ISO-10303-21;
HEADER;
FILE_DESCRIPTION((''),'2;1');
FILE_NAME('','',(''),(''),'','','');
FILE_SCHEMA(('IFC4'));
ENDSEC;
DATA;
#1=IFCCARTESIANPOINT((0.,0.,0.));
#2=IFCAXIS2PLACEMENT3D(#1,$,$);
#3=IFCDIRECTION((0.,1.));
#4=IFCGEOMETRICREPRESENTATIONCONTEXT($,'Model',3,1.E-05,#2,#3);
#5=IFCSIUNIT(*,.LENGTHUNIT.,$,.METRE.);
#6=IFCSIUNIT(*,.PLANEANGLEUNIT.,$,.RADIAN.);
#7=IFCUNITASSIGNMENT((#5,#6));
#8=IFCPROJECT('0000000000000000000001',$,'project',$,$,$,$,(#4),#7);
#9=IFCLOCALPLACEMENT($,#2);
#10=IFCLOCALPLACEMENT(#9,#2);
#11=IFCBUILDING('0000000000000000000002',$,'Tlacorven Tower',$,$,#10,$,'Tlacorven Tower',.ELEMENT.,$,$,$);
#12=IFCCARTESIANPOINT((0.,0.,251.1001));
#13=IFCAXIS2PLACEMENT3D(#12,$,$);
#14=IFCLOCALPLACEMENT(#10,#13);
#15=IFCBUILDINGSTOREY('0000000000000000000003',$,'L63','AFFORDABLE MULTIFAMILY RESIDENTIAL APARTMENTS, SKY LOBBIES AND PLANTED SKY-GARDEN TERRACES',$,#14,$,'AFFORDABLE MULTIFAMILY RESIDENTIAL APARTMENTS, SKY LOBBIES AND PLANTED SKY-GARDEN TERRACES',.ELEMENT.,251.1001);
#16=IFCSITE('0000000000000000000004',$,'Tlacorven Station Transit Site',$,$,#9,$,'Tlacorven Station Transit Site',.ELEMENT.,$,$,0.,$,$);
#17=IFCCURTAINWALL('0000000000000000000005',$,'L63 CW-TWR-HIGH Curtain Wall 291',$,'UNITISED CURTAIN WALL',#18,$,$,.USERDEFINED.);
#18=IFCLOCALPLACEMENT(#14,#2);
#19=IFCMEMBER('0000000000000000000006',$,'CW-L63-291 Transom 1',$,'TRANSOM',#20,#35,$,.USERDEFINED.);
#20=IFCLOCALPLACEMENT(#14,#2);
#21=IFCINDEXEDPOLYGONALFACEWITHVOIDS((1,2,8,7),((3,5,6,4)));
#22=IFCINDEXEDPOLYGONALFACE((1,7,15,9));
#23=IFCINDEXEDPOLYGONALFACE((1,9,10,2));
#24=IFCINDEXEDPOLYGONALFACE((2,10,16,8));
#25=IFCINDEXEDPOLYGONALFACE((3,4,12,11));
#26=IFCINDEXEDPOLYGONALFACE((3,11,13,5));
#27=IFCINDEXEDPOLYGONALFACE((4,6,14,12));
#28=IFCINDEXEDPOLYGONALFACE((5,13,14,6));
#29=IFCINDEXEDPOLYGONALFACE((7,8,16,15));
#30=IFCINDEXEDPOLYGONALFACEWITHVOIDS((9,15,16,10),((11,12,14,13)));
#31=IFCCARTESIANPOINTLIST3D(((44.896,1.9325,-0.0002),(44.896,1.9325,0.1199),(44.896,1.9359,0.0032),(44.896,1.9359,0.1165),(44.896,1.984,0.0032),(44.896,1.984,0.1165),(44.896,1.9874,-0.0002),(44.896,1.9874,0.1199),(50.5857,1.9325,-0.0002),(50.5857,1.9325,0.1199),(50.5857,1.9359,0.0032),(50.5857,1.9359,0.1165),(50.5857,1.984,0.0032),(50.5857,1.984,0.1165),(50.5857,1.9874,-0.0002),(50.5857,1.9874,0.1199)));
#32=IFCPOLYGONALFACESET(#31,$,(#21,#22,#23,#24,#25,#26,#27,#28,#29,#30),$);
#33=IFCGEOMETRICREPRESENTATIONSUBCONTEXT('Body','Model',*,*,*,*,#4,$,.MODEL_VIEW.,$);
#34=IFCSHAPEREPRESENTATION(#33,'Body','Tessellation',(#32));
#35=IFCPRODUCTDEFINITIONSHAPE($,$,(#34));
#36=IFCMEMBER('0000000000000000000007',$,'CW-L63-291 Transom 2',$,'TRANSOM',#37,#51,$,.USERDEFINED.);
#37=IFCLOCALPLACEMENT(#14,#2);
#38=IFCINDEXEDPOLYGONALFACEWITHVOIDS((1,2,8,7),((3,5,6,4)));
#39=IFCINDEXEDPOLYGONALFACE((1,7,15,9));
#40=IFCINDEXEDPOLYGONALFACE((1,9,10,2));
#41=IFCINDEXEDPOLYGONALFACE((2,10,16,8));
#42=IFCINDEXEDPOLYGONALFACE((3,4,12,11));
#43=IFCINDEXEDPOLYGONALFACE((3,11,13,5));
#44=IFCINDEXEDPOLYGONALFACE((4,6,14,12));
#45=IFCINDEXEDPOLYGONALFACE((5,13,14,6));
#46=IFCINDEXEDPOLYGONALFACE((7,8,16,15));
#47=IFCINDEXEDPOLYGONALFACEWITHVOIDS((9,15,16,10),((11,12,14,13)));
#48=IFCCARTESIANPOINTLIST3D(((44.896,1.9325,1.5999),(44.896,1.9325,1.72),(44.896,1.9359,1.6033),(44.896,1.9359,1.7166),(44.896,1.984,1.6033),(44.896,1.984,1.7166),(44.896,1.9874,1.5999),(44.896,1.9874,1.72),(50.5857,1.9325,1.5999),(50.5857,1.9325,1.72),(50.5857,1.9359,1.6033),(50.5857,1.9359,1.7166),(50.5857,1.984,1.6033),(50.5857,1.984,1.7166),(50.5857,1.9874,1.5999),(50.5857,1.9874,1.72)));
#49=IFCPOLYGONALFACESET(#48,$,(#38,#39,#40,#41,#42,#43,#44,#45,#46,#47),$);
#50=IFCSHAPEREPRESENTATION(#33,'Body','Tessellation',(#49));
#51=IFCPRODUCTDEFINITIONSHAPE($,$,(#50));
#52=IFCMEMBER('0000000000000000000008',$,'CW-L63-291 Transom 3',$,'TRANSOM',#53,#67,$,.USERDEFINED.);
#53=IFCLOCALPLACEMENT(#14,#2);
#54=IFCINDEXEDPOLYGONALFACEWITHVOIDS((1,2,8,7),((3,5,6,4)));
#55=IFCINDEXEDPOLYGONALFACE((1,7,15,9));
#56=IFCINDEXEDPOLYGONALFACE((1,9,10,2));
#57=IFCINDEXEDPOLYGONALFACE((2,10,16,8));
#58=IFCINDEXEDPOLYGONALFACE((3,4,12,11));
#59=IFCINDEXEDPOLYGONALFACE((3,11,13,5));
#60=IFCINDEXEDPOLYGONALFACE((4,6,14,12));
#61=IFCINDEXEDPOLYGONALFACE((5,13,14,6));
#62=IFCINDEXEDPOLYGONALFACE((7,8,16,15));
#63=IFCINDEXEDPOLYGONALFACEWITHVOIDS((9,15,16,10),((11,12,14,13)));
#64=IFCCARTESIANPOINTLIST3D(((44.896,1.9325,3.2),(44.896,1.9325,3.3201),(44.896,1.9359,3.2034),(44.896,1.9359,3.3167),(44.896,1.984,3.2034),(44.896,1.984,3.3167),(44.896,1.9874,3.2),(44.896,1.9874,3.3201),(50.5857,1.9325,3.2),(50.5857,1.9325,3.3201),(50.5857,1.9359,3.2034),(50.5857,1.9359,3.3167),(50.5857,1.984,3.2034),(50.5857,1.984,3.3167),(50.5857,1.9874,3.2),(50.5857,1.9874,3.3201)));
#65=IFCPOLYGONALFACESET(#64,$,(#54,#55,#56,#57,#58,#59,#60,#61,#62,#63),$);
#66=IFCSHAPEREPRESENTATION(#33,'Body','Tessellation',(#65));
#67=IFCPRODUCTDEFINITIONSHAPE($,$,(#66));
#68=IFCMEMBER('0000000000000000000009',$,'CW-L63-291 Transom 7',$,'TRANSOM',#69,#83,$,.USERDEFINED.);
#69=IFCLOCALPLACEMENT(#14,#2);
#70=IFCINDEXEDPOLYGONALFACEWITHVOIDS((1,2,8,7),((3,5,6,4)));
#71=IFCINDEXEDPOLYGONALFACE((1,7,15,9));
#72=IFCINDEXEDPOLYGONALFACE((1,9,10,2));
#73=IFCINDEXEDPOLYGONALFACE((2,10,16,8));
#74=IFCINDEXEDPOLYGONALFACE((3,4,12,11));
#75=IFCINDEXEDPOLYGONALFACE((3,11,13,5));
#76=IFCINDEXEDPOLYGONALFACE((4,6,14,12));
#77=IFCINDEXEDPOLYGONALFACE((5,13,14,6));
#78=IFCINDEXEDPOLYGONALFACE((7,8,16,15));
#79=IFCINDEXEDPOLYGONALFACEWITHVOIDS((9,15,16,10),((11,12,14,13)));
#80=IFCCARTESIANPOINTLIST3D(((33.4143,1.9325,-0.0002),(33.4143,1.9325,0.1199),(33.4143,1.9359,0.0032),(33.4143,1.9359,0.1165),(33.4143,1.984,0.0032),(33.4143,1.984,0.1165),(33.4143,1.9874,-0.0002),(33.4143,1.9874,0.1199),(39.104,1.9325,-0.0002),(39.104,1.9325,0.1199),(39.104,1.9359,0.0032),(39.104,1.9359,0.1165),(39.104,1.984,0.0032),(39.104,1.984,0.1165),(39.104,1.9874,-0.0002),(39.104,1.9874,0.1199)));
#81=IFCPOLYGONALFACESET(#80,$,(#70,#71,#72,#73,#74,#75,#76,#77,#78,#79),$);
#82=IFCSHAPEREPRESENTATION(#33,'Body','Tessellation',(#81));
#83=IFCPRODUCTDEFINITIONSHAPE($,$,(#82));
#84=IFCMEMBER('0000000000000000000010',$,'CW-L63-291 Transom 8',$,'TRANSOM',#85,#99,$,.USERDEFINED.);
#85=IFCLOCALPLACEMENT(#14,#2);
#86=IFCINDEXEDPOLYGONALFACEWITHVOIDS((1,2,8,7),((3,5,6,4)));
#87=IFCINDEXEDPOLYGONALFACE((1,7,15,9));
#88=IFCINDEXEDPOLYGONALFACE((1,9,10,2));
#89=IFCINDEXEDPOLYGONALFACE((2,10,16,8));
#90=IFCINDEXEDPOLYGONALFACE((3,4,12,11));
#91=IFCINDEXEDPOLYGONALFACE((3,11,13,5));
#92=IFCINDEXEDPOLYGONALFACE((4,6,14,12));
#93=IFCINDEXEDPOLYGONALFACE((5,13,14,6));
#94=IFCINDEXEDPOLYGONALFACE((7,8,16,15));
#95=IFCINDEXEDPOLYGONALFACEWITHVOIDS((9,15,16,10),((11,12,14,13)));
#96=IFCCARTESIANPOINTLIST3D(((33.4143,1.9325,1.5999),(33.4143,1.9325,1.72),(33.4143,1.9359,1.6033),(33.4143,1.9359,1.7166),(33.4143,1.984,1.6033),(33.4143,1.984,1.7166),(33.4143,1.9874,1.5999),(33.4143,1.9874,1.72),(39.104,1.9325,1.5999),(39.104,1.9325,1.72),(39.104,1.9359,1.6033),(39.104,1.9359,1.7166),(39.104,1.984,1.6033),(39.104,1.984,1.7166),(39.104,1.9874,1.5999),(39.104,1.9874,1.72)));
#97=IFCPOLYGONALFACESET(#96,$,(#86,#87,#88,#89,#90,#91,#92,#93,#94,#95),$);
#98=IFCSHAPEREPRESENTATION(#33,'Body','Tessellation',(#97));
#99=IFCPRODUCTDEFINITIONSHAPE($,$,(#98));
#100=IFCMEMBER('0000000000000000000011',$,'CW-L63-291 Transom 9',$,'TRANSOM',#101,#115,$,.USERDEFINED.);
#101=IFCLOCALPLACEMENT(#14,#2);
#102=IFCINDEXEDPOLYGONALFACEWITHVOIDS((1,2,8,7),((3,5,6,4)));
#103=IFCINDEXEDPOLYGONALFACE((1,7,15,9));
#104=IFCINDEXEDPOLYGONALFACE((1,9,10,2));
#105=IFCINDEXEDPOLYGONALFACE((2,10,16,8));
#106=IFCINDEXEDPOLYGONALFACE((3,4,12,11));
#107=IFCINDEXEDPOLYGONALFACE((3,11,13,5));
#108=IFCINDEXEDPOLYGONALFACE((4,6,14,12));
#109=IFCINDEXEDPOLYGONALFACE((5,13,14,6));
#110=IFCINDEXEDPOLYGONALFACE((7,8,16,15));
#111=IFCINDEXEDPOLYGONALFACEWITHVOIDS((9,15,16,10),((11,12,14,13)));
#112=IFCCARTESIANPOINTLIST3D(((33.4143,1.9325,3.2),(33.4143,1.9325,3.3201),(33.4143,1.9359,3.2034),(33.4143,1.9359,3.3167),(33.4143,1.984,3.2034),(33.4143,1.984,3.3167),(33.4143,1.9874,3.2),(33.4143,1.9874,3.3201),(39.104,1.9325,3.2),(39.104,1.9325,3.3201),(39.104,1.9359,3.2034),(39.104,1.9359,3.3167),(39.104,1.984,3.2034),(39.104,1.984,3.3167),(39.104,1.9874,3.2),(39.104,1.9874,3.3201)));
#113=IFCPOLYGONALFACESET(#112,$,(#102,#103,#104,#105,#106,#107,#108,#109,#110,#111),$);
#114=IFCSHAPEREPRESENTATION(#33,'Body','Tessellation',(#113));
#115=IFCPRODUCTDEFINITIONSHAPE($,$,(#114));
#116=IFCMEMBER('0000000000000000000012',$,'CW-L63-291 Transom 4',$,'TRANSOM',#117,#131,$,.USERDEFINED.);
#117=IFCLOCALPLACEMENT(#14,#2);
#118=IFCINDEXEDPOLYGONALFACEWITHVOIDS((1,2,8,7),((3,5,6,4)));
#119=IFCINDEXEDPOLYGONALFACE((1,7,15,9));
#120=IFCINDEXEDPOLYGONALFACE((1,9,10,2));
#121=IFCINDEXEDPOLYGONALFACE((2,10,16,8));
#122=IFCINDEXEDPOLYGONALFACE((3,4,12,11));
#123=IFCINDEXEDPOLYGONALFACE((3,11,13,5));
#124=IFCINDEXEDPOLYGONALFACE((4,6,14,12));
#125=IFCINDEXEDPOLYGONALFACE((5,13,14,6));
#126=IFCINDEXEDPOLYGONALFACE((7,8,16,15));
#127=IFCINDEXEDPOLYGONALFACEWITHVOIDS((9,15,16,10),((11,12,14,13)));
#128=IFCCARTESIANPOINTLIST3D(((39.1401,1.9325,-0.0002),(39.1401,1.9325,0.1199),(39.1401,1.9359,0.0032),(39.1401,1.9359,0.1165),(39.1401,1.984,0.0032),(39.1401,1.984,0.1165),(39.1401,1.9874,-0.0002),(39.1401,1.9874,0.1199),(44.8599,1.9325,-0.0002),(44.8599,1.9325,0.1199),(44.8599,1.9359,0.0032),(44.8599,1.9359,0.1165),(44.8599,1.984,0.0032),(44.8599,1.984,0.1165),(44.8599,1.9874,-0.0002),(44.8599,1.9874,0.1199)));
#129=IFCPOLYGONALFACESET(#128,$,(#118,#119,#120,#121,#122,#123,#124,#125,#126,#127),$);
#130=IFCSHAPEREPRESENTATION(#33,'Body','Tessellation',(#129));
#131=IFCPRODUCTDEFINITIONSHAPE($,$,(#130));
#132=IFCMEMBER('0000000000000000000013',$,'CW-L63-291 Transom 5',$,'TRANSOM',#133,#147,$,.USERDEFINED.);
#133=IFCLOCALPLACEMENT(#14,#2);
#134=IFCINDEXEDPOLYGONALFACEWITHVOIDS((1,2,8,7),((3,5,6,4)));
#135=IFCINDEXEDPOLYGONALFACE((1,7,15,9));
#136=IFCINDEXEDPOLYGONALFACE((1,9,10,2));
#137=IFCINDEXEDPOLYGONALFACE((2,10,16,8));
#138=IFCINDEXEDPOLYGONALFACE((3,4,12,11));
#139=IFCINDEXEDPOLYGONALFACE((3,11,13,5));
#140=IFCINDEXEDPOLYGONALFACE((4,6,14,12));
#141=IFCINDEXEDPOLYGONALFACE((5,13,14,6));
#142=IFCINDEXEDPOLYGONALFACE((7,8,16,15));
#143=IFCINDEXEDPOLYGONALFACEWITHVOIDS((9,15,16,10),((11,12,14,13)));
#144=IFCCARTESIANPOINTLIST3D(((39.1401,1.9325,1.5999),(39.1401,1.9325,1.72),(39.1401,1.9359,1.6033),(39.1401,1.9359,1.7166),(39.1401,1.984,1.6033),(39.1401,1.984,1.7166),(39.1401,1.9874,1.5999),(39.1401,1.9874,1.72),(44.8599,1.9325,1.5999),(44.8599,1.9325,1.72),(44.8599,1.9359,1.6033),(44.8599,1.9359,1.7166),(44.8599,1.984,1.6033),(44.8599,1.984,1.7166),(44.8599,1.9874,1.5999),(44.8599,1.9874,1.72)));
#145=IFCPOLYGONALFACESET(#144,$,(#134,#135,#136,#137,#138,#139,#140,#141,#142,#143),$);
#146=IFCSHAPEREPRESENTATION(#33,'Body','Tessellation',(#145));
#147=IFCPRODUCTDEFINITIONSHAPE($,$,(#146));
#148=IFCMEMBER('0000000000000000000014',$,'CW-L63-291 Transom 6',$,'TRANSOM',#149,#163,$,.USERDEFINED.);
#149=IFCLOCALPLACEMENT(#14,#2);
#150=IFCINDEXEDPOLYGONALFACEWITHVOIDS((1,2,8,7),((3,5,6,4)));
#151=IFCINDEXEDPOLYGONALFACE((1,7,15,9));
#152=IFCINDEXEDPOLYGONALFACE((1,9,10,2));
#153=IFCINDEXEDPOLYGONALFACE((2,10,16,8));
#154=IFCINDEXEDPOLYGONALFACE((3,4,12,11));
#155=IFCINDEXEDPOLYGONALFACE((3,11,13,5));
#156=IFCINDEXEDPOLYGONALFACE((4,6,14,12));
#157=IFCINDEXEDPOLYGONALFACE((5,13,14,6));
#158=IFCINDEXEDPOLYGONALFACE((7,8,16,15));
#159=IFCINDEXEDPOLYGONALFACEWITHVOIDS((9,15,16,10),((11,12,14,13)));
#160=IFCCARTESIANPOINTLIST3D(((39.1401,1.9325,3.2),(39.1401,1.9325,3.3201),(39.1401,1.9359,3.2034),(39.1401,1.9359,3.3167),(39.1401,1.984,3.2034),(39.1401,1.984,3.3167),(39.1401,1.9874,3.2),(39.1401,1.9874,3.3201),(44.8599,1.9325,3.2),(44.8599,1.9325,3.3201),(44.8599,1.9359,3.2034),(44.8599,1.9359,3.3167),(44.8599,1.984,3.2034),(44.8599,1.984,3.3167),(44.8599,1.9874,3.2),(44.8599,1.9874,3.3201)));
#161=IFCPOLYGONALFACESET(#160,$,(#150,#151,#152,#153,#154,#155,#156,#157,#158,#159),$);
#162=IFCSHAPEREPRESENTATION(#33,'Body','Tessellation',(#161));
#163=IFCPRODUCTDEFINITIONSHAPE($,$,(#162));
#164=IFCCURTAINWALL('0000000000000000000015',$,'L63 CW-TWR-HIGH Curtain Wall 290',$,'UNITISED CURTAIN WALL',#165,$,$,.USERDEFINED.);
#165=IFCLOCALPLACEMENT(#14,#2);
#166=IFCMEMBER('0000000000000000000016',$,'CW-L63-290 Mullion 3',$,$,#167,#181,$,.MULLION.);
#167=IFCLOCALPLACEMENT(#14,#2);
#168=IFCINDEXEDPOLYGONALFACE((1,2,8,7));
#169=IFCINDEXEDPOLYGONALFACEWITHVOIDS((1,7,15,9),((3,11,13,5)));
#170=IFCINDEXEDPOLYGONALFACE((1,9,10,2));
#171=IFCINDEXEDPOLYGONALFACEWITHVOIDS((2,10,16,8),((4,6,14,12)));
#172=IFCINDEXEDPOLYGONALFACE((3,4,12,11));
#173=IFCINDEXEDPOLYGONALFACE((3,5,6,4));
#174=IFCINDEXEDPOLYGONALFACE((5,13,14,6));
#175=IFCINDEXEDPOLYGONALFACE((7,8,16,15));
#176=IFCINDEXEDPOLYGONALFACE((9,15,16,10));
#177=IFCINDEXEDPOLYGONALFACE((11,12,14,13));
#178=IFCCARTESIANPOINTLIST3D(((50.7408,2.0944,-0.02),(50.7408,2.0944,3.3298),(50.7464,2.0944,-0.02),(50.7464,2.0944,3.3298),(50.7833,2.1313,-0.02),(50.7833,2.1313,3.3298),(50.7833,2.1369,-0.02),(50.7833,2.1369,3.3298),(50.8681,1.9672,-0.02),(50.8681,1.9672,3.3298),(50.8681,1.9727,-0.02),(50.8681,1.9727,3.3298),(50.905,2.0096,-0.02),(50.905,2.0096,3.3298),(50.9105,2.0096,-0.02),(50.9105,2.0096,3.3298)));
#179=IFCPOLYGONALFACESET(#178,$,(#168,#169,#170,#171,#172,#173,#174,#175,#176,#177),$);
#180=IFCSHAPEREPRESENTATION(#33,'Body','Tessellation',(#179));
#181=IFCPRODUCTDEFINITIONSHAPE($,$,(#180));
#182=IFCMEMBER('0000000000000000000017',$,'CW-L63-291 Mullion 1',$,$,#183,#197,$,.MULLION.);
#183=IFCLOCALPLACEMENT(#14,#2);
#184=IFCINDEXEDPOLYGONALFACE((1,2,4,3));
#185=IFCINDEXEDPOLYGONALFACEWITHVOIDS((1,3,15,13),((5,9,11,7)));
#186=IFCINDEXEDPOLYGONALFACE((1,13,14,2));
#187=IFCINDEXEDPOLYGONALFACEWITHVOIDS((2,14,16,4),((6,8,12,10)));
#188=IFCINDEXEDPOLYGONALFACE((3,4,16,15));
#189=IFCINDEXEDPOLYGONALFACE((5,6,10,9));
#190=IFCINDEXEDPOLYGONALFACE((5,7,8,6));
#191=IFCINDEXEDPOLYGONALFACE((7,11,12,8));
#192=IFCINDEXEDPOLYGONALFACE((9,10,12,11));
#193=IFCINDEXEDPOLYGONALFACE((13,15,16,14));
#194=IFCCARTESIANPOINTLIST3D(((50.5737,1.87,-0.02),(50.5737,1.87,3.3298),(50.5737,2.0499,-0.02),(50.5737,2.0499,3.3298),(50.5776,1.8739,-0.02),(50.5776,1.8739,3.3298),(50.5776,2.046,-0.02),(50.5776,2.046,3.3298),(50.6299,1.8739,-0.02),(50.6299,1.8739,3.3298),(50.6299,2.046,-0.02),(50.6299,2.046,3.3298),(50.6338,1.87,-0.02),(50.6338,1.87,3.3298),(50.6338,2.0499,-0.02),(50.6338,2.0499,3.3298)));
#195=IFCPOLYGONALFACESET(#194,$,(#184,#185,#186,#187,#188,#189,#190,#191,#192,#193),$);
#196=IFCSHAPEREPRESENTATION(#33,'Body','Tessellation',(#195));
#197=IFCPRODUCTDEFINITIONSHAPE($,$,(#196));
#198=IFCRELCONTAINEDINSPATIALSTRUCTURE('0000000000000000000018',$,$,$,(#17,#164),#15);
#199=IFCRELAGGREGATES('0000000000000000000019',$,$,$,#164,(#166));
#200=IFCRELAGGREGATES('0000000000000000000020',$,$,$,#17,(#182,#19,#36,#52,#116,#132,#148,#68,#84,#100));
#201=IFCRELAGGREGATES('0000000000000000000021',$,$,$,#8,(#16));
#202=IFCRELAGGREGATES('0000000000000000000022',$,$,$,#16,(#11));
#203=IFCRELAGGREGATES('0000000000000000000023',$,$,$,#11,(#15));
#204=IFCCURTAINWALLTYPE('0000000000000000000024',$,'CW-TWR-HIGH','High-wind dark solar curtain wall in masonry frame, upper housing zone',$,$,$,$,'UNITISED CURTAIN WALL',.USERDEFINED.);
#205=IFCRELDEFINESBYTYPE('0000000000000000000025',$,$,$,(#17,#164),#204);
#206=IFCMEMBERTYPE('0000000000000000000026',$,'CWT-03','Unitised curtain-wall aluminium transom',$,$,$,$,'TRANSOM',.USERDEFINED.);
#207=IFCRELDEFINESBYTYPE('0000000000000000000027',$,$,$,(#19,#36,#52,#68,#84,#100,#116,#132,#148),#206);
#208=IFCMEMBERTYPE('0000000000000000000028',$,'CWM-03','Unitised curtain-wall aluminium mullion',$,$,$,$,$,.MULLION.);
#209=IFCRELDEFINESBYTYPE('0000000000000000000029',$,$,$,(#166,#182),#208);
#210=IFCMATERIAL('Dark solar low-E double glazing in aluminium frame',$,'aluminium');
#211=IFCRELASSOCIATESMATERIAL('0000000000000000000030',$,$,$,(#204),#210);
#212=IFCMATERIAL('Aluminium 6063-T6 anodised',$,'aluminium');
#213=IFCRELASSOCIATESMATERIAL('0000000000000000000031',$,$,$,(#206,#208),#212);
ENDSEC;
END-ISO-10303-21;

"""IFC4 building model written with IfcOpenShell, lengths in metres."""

from ifc_helpers import new_model, si_unit, direction, frame, origin, origin_2d, place, context, subcontext, project, spatial, hollow_rectangle, extrude, source, transform, mapped, material, material_profile, profile_set, type_object, element, aggregate, save


model = new_model("IFC4")

# Units and contexts
model_context = context("Model", 3, precision=1e-05, world=origin(), true_north=direction((0.0, 1.0)))
body_context = subcontext(model_context, "Body", "Model", "MODEL_VIEW")
ifc_project = project(units=[si_unit("LENGTHUNIT", "METRE"), si_unit("PLANEANGLEUNIT", "RADIAN")], contexts=[model_context])

# Site, building, storey
site_placement = place(None, origin())
site = spatial("IfcSite", under=ifc_project, at=site_placement, Name="Tlacorven Station Transit Site", LongName="Tlacorven Station Transit Site", CompositionType="ELEMENT", RefElevation=0.0)
building_placement = place(site_placement, origin())
building = spatial("IfcBuilding", under=site, at=building_placement, Name="Tlacorven Tower", LongName="Tlacorven Tower", CompositionType="ELEMENT")
storey_placement = place(building_placement, frame((0.0, 0.0, 251.1001)))
storey = spatial("IfcBuildingStorey", under=building, at=storey_placement, Name="L63", Description="AFFORDABLE MULTIFAMILY RESIDENTIAL APARTMENTS, SKY LOBBIES AND PLANTED SKY-GARDEN TERRACES", LongName="AFFORDABLE MULTIFAMILY RESIDENTIAL APARTMENTS, SKY LOBBIES AND PLANTED SKY-GARDEN TERRACES", CompositionType="ELEMENT", Elevation=251.1001)

# Curtain wall, members
ifc_material_1 = material(Name="Dark solar low-E double glazing in aluminium frame", Category="aluminium")
curtain_wall_type = type_object("IfcCurtainWallType", Name="CW-TWR-HIGH", Description="High-wind dark solar curtain wall in masonry frame, upper housing zone", ElementType="UNITISED CURTAIN WALL", PredefinedType="USERDEFINED", material=ifc_material_1)
curtain_wall_1_placement = place(storey_placement, origin())
curtain_wall_1 = element("IfcCurtainWall", 1, at=curtain_wall_1_placement, inside=storey, type_object=curtain_wall_type, Name="L63 CW-TWR-HIGH Curtain Wall 291", ObjectType="UNITISED CURTAIN WALL", PredefinedType="USERDEFINED")
ifc_material_2 = material(Name="Aluminium 6063-T6 anodised", Category="aluminium")
ifc_material_profile_1 = material_profile(ifc_material_2, hollow_rectangle(XDim=0.0549, YDim=0.1201, WallThickness=0.0034, at=origin_2d()), Name="ALU TRANSOM 55X120")
ifc_profile_set_1 = profile_set([ifc_material_profile_1], Name="Aluminium 6063-T6 anodised")
member_type_1 = type_object("IfcMemberType", Name="CWT-03", Description="Unitised curtain-wall aluminium transom", ElementType="TRANSOM", PredefinedType="USERDEFINED", material=ifc_profile_set_1)
shared_shape_1 = source(origin(), body_context, "Body", "SweptSolid", [
    extrude(hollow_rectangle(XDim=0.0549, YDim=0.1201, WallThickness=0.0034, at=origin_2d()), origin(), (0.0, 0.0, 1.0), 5.6897),
])
member_1_placement = place(storey_placement, frame((50.5857, 1.96, 0.0598), z_axis=(-1.0, 0.0, 0.0), x_axis=(0.0, -1.0, 0.0)))
member_1 = element("IfcMember", 2, at=member_1_placement, type_object=member_type_1, Name="CW-L63-291 Transom 1", ObjectType="TRANSOM", PredefinedType="USERDEFINED", context=body_context, shape_type="MappedRepresentation", body=[
    mapped(shared_shape_1, transform((0.0, 0.0, 0.0), scale=1.0)),
])
member_2_placement = place(storey_placement, frame((50.5857, 1.96, 1.6599), z_axis=(-1.0, 0.0, 0.0), x_axis=(0.0, -1.0, 0.0)))
member_2 = element("IfcMember", 3, at=member_2_placement, type_object=member_type_1, Name="CW-L63-291 Transom 2", ObjectType="TRANSOM", PredefinedType="USERDEFINED", context=body_context, shape_type="MappedRepresentation", body=[
    mapped(shared_shape_1, transform((0.0, 0.0, 0.0), scale=1.0)),
])
member_3_placement = place(storey_placement, frame((50.5857, 1.96, 3.26), z_axis=(-1.0, 0.0, 0.0), x_axis=(0.0, -1.0, 0.0)))
member_3 = element("IfcMember", 4, at=member_3_placement, type_object=member_type_1, Name="CW-L63-291 Transom 3", ObjectType="TRANSOM", PredefinedType="USERDEFINED", context=body_context, shape_type="MappedRepresentation", body=[
    mapped(shared_shape_1, transform((0.0, 0.0, 0.0), scale=1.0)),
])
member_4_placement = place(storey_placement, frame((39.104, 1.96, 0.0598), z_axis=(-1.0, 0.0, 0.0), x_axis=(0.0, -1.0, 0.0)))
member_4 = element("IfcMember", 5, at=member_4_placement, type_object=member_type_1, Name="CW-L63-291 Transom 7", ObjectType="TRANSOM", PredefinedType="USERDEFINED", context=body_context, shape_type="MappedRepresentation", body=[
    mapped(shared_shape_1, transform((0.0, 0.0, 0.0), scale=1.0)),
])
member_5_placement = place(storey_placement, frame((39.104, 1.96, 1.6599), z_axis=(-1.0, 0.0, 0.0), x_axis=(0.0, -1.0, 0.0)))
member_5 = element("IfcMember", 6, at=member_5_placement, type_object=member_type_1, Name="CW-L63-291 Transom 8", ObjectType="TRANSOM", PredefinedType="USERDEFINED", context=body_context, shape_type="MappedRepresentation", body=[
    mapped(shared_shape_1, transform((0.0, 0.0, 0.0), scale=1.0)),
])
member_6_placement = place(storey_placement, frame((39.104, 1.96, 3.26), z_axis=(-1.0, 0.0, 0.0), x_axis=(0.0, -1.0, 0.0)))
member_6 = element("IfcMember", 7, at=member_6_placement, type_object=member_type_1, Name="CW-L63-291 Transom 9", ObjectType="TRANSOM", PredefinedType="USERDEFINED", context=body_context, shape_type="MappedRepresentation", body=[
    mapped(shared_shape_1, transform((0.0, 0.0, 0.0), scale=1.0)),
])
shared_shape_2 = source(origin(), body_context, "Body", "SweptSolid", [
    extrude(hollow_rectangle(XDim=0.0549, YDim=0.1201, WallThickness=0.0034, at=origin_2d()), origin(), (0.0, 0.0, 1.0), 5.7197),
])
member_7_placement = place(storey_placement, frame((44.8599, 1.96, 0.0598), z_axis=(-1.0, 0.0, 0.0), x_axis=(0.0, -1.0, 0.0)))
member_7 = element("IfcMember", 8, at=member_7_placement, type_object=member_type_1, Name="CW-L63-291 Transom 4", ObjectType="TRANSOM", PredefinedType="USERDEFINED", context=body_context, shape_type="MappedRepresentation", body=[
    mapped(shared_shape_2, transform((0.0, 0.0, 0.0), scale=1.0)),
])
member_8_placement = place(storey_placement, frame((44.8599, 1.96, 1.6599), z_axis=(-1.0, 0.0, 0.0), x_axis=(0.0, -1.0, 0.0)))
member_8 = element("IfcMember", 9, at=member_8_placement, type_object=member_type_1, Name="CW-L63-291 Transom 5", ObjectType="TRANSOM", PredefinedType="USERDEFINED", context=body_context, shape_type="MappedRepresentation", body=[
    mapped(shared_shape_2, transform((0.0, 0.0, 0.0), scale=1.0)),
])
member_9_placement = place(storey_placement, frame((44.8599, 1.96, 3.26), z_axis=(-1.0, 0.0, 0.0), x_axis=(0.0, -1.0, 0.0)))
member_9 = element("IfcMember", 10, at=member_9_placement, type_object=member_type_1, Name="CW-L63-291 Transom 6", ObjectType="TRANSOM", PredefinedType="USERDEFINED", context=body_context, shape_type="MappedRepresentation", body=[
    mapped(shared_shape_2, transform((0.0, 0.0, 0.0), scale=1.0)),
])

# Curtain wall, member
curtain_wall_2_placement = place(storey_placement, origin())
curtain_wall_2 = element("IfcCurtainWall", 11, at=curtain_wall_2_placement, inside=storey, type_object=curtain_wall_type, Name="L63 CW-TWR-HIGH Curtain Wall 290", ObjectType="UNITISED CURTAIN WALL", PredefinedType="USERDEFINED")
ifc_material_profile_2 = material_profile(ifc_material_2, hollow_rectangle(XDim=0.0601, YDim=0.1799, WallThickness=0.0039, at=origin_2d()), Name="ALU MULLION 60X180")
ifc_profile_set_2 = profile_set([ifc_material_profile_2], Name="Aluminium 6063-T6 anodised")
member_type_2 = type_object("IfcMemberType", Name="CWM-03", Description="Unitised curtain-wall aluminium mullion", PredefinedType="MULLION", material=ifc_profile_set_2)
shared_shape_3 = source(origin(), body_context, "Body", "SweptSolid", [
    extrude(hollow_rectangle(XDim=0.0601, YDim=0.1799, WallThickness=0.0039, at=origin_2d()), origin(), (0.0, 0.0, 1.0), 3.3499),
])
member_10_placement = place(storey_placement, frame((50.8257, 2.052, -0.02), z_axis=(0.0, 0.0, 1.0), x_axis=(-0.707107, -0.707107, 0.0)))
member_10 = element("IfcMember", 12, at=member_10_placement, type_object=member_type_2, Name="CW-L63-290 Mullion 3", PredefinedType="MULLION", context=body_context, shape_type="MappedRepresentation", body=[
    mapped(shared_shape_3, transform((0.0, 0.0, 0.0), scale=1.0)),
])

# Member
member_11_placement = place(storey_placement, frame((50.6038, 1.96, -0.02), z_axis=(0.0, 0.0, 1.0), x_axis=(-1.0, 0.0, 0.0)))
member_11 = element("IfcMember", 13, at=member_11_placement, type_object=member_type_2, Name="CW-L63-291 Mullion 1", PredefinedType="MULLION", context=body_context, shape_type="MappedRepresentation", body=[
    mapped(shared_shape_3, transform((0.0, 0.0, 0.0), scale=1.0)),
])

aggregate(curtain_wall_2, [member_10])
aggregate(curtain_wall_1, [member_11, member_1, member_2, member_3, member_7, member_8, member_9, member_4, member_5, member_6])

save(model, "model.ifc")
